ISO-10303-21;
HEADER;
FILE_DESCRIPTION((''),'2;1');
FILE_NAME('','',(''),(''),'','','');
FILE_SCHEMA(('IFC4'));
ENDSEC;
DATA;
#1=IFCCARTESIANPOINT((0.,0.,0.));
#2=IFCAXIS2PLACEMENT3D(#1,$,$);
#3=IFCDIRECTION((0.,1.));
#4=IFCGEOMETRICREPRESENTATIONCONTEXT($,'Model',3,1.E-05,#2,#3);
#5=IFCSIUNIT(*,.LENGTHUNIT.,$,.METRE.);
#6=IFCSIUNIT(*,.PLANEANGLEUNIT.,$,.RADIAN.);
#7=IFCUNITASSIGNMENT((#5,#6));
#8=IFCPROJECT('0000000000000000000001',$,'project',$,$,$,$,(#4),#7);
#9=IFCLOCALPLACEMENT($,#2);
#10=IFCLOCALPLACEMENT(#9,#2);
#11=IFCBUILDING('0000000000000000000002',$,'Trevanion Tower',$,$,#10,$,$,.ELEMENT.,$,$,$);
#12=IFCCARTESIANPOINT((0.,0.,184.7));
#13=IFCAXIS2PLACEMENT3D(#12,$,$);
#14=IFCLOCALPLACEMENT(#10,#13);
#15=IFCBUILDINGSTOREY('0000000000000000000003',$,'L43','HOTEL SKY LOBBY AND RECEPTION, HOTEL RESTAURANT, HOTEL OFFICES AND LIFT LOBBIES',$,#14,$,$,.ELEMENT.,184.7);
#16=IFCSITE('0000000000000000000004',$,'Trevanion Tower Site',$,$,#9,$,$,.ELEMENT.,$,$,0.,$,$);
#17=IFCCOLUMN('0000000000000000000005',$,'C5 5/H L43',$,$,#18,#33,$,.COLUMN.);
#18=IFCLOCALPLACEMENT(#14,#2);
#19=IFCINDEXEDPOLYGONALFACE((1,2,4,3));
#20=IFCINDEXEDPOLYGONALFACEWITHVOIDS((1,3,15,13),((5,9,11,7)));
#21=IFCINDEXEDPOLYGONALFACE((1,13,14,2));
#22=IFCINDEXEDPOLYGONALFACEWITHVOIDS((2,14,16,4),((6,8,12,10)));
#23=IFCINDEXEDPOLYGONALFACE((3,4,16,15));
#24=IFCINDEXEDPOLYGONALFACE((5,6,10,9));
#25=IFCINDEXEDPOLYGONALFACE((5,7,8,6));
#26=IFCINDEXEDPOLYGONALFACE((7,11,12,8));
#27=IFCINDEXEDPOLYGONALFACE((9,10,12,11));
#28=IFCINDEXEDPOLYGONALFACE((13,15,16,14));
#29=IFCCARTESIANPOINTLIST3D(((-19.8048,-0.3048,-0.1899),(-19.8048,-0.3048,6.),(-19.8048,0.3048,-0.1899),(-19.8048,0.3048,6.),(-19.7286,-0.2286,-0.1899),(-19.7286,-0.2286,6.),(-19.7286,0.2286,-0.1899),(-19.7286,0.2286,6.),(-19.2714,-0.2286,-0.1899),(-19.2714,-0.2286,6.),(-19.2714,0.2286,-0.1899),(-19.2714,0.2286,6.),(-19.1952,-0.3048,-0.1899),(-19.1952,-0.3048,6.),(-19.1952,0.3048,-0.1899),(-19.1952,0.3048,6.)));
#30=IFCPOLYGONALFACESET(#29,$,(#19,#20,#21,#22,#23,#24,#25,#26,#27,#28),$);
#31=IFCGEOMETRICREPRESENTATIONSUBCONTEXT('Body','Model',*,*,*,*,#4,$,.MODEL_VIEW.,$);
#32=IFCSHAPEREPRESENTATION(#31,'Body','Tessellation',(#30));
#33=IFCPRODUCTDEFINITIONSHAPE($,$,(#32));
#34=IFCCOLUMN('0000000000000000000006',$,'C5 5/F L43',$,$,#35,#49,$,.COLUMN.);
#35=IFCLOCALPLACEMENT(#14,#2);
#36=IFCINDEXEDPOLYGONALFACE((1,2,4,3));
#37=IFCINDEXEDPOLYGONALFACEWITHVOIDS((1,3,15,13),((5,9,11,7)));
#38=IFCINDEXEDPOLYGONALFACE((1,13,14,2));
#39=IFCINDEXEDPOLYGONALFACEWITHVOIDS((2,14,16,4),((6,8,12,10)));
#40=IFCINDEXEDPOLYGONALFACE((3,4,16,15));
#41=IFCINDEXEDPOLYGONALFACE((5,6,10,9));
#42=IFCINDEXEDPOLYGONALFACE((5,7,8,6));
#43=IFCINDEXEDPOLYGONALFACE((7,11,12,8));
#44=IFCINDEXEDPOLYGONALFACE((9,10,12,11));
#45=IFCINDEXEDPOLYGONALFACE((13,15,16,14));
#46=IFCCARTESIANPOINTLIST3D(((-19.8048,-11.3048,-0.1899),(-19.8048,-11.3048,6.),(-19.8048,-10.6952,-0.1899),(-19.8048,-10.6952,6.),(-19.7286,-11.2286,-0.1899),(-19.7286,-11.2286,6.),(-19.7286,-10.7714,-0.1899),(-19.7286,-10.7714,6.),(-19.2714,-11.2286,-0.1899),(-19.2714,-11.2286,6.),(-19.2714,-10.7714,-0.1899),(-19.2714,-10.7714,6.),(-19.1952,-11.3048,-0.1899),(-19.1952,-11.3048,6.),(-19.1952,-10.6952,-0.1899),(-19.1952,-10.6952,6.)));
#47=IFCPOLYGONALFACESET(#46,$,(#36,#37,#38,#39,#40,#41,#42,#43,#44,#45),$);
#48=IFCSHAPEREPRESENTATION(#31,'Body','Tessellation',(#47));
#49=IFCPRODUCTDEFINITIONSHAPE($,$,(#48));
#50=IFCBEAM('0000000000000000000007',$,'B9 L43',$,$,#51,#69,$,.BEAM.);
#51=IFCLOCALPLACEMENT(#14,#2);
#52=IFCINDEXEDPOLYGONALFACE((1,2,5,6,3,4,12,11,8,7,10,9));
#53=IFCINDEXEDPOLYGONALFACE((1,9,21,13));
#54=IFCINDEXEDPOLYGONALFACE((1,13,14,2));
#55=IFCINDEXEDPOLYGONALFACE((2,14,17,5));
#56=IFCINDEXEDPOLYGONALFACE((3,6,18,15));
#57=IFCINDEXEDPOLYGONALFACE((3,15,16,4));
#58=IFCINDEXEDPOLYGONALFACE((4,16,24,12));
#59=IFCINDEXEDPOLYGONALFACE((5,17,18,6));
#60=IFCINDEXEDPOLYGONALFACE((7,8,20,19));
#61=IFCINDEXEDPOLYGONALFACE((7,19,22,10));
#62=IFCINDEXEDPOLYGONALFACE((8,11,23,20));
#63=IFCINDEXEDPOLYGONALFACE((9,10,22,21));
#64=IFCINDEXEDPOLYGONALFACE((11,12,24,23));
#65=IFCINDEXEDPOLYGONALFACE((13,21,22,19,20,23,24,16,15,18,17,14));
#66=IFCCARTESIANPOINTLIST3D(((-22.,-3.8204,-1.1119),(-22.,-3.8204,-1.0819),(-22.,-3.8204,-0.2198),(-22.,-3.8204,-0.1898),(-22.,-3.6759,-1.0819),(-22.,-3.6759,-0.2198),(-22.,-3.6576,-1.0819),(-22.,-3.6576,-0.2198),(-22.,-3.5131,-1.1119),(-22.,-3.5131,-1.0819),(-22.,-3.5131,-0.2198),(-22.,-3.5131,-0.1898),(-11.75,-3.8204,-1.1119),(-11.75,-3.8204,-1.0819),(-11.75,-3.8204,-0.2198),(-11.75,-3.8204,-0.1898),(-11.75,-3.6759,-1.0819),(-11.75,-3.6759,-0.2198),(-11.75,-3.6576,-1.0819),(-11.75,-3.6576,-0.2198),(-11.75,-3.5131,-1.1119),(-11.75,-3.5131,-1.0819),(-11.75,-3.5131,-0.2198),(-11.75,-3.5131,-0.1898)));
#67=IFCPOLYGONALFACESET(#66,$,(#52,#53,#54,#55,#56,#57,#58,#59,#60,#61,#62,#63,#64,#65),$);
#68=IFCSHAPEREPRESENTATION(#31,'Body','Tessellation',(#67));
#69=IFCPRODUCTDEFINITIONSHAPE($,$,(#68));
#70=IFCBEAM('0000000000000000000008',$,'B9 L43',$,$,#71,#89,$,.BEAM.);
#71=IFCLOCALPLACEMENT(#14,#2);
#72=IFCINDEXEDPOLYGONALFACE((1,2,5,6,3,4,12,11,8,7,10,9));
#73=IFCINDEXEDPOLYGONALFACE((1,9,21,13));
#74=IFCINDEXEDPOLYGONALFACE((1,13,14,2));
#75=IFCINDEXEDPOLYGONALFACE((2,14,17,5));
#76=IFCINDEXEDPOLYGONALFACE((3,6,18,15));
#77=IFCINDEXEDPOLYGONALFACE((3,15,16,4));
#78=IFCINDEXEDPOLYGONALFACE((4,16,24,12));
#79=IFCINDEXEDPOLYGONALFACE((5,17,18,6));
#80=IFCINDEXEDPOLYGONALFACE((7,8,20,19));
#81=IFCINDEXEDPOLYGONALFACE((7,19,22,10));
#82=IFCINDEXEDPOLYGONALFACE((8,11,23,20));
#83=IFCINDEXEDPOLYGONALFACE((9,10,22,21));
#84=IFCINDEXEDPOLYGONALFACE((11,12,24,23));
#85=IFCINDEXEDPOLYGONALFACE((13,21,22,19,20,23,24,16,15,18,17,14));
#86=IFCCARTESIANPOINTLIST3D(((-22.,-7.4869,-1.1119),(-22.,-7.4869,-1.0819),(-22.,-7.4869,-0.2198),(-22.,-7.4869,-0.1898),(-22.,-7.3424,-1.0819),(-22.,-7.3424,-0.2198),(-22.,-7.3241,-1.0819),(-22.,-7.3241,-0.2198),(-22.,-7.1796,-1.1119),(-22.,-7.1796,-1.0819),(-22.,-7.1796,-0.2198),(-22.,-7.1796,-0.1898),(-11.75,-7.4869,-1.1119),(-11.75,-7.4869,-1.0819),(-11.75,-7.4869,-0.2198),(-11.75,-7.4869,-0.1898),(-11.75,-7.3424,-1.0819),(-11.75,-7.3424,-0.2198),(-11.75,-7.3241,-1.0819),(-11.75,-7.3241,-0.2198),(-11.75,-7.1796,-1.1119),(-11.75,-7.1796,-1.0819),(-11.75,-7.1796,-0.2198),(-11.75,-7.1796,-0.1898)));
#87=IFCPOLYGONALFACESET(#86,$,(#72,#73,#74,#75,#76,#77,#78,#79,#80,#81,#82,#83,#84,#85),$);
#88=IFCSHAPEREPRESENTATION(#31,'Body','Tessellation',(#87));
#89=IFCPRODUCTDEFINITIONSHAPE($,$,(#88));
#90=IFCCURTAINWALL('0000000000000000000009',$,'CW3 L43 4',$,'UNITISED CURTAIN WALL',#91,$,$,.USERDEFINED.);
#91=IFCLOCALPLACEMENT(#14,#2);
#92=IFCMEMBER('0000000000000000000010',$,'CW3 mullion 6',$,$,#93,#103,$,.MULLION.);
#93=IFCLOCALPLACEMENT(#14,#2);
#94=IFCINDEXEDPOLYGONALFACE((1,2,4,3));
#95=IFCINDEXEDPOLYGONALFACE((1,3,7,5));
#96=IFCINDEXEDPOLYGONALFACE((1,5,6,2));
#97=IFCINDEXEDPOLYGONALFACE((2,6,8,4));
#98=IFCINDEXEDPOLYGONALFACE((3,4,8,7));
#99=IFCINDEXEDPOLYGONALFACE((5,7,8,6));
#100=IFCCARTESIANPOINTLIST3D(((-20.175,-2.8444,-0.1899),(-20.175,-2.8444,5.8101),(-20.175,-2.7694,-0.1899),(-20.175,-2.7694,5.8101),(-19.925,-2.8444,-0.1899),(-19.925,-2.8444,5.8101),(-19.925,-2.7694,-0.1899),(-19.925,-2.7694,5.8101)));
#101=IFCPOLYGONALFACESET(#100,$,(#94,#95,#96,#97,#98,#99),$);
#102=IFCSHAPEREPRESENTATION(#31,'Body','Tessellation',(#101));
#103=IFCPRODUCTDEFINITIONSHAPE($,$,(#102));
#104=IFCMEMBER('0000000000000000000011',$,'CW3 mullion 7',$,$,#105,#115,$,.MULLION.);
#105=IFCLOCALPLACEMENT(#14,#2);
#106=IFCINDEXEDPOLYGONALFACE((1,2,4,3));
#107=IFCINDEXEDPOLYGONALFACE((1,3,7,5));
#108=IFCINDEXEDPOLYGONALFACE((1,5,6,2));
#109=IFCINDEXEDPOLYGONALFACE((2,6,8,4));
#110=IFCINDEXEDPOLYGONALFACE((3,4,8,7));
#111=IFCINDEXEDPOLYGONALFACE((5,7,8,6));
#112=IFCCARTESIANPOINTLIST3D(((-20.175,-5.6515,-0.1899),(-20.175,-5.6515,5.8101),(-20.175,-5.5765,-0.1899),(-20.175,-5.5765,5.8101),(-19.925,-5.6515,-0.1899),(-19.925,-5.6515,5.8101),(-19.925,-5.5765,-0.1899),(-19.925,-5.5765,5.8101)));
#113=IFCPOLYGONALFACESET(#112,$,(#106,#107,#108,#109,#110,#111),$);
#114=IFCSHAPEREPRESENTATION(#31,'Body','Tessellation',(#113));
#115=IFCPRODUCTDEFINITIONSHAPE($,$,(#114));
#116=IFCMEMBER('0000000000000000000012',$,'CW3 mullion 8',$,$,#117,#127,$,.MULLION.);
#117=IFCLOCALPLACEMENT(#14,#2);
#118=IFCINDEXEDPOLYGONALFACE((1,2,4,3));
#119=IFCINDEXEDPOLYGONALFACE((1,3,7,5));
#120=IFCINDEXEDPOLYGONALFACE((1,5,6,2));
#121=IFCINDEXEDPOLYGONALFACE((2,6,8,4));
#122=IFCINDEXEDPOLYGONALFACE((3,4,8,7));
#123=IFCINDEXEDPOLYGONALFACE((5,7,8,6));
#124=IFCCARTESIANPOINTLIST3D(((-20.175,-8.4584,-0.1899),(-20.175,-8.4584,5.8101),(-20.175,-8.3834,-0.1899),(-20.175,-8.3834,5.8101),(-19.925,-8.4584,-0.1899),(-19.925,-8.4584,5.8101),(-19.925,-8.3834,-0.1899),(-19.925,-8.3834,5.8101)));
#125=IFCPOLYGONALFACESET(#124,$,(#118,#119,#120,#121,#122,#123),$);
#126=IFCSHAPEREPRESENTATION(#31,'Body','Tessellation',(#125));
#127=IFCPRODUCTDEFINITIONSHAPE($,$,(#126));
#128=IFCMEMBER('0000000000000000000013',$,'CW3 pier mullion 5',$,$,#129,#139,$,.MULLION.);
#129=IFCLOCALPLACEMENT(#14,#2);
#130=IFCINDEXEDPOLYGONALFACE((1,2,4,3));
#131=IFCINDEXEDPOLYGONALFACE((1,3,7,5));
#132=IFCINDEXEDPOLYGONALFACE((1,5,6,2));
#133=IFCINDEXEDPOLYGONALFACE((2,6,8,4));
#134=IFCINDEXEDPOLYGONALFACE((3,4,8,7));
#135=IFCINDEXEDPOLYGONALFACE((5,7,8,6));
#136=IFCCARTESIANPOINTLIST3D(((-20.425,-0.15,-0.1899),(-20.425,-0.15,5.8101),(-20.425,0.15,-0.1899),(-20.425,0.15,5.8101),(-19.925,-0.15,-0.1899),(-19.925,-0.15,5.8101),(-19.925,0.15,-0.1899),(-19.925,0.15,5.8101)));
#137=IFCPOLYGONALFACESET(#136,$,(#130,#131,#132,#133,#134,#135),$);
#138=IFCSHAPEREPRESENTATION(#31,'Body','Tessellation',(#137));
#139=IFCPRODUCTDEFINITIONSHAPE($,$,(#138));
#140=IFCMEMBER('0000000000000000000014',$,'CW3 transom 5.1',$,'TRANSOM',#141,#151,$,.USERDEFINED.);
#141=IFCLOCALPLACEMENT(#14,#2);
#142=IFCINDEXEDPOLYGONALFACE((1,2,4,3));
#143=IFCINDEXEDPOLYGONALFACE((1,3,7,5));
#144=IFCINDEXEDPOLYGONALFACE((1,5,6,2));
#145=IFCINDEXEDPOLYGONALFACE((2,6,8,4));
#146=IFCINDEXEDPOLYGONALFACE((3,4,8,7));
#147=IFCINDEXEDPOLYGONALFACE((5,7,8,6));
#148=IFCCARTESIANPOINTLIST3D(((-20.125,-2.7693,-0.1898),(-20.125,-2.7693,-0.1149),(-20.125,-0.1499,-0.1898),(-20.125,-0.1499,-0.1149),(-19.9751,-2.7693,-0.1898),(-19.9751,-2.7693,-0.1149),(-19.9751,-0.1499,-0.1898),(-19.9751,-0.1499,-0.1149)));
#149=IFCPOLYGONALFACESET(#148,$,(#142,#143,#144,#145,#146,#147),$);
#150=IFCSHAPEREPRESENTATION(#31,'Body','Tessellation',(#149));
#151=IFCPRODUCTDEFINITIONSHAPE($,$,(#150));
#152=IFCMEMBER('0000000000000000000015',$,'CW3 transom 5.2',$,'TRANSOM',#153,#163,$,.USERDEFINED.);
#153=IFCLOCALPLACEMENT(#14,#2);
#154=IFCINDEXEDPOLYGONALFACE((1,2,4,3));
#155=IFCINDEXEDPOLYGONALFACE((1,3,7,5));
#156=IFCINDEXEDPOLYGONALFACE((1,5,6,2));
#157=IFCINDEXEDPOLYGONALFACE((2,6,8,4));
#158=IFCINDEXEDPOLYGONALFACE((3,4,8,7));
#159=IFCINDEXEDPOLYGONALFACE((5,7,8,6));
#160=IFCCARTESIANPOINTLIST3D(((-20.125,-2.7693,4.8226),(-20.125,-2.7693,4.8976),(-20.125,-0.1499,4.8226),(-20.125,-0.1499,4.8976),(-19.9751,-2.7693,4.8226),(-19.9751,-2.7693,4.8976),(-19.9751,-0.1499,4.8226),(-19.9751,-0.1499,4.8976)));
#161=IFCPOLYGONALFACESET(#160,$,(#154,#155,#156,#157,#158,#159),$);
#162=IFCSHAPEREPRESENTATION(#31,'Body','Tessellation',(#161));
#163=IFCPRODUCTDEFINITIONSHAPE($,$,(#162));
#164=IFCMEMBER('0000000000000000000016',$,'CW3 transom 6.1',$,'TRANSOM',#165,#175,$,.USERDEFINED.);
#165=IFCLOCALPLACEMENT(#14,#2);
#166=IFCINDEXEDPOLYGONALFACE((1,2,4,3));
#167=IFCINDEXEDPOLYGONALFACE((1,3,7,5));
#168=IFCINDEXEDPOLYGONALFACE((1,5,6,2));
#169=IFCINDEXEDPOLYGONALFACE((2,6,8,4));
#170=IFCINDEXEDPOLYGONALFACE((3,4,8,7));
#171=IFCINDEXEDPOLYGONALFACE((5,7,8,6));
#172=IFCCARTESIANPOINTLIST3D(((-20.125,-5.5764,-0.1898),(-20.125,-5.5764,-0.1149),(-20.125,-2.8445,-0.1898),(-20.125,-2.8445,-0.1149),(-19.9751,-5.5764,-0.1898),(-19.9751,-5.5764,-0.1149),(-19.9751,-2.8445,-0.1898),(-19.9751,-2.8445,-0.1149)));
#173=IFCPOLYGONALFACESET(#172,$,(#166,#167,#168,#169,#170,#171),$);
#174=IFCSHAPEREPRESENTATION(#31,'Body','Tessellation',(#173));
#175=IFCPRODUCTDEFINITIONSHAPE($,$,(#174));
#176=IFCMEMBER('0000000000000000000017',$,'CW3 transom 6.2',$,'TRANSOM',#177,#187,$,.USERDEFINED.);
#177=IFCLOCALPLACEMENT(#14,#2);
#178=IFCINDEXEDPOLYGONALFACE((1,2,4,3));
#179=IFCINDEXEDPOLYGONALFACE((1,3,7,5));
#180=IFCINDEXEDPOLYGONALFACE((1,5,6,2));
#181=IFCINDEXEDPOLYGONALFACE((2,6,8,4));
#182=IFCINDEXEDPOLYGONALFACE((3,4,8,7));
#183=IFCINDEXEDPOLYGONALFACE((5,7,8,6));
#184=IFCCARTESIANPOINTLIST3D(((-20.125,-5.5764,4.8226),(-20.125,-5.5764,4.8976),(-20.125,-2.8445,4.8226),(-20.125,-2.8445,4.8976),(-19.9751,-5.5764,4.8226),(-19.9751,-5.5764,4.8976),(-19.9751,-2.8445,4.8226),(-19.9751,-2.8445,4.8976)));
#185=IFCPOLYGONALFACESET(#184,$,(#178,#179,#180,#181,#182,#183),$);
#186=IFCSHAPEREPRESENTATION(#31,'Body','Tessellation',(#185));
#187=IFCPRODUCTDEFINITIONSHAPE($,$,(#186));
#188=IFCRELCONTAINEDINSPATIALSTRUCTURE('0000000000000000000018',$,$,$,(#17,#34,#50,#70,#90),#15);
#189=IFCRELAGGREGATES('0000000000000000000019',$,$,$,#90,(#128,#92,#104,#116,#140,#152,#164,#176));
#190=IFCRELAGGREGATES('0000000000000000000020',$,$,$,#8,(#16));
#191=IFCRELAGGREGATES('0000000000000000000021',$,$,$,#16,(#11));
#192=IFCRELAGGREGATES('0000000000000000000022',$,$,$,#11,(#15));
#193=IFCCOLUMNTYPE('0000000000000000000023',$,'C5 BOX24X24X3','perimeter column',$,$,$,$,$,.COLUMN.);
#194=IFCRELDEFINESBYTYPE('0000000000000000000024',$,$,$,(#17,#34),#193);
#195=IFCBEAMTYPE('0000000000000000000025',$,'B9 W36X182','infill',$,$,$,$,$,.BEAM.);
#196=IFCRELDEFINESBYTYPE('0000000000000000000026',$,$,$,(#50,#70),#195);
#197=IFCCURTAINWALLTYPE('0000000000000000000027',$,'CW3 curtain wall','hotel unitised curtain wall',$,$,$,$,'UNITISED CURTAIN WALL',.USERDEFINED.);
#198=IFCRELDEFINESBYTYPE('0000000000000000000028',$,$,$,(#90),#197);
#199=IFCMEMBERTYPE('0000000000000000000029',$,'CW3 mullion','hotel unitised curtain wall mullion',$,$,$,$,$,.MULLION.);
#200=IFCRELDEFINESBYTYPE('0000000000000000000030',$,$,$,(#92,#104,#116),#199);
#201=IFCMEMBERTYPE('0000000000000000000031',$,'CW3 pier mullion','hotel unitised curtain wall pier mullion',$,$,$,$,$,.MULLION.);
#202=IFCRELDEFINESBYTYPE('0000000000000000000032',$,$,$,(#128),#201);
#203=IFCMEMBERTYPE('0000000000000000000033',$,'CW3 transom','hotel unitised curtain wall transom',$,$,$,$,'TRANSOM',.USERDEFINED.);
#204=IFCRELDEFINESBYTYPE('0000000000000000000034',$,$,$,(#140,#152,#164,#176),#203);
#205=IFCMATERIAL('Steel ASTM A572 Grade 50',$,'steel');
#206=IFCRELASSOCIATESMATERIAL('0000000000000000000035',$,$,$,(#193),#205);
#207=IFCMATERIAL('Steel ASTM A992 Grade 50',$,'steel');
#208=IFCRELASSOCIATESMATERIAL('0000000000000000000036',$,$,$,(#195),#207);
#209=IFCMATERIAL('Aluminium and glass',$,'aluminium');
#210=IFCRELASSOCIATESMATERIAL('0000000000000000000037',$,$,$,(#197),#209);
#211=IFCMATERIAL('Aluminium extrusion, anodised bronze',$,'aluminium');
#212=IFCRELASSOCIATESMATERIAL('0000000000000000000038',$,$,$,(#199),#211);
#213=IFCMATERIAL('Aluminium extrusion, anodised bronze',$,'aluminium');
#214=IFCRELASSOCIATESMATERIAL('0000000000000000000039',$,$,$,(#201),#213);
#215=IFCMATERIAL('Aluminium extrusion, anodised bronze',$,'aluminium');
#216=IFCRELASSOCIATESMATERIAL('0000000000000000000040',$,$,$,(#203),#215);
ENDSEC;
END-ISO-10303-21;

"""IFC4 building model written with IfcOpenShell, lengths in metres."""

from ifc_helpers import new_model, si_unit, direction, frame, origin, origin_2d, place, context, subcontext, project, spatial, rectangle, hollow_rectangle, i_section, extrude, material, material_profile, profile_set, type_object, element, aggregate, save


model = new_model("IFC4")

# Units and contexts
model_context = context("Model", 3, precision=1e-05, world=origin(), true_north=direction((0.0, 1.0)))
body_context = subcontext(model_context, "Body", "Model", "MODEL_VIEW")
ifc_project = project(units=[si_unit("LENGTHUNIT", "METRE"), si_unit("PLANEANGLEUNIT", "RADIAN")], contexts=[model_context])

# Site, building, storey
site_placement = place(None, origin())
site = spatial("IfcSite", under=ifc_project, at=site_placement, Name="Trevanion Tower Site", CompositionType="ELEMENT", RefElevation=0.0)
building_placement = place(site_placement, origin())
building = spatial("IfcBuilding", under=site, at=building_placement, Name="Trevanion Tower", CompositionType="ELEMENT")
storey_placement = place(building_placement, frame((0.0, 0.0, 184.7)))
storey = spatial("IfcBuildingStorey", under=building, at=storey_placement, Name="L43", Description="HOTEL SKY LOBBY AND RECEPTION, HOTEL RESTAURANT, HOTEL OFFICES AND LIFT LOBBIES", CompositionType="ELEMENT", Elevation=184.7)

# Columns
ifc_material_1 = material(Name="Steel ASTM A572 Grade 50", Category="steel")
ifc_material_profile_1 = material_profile(ifc_material_1, hollow_rectangle(XDim=0.6096, YDim=0.6096, WallThickness=0.0762, at=origin_2d()), Name="BOX24X24X3")
ifc_profile_set_1 = profile_set([ifc_material_profile_1], Name="Steel ASTM A572 Grade 50")
column_type = type_object("IfcColumnType", Name="C5 BOX24X24X3", Description="perimeter column", PredefinedType="COLUMN", material=ifc_profile_set_1)
for number, where, z_axis, x_axis, name in (
    (1, (-19.5, 0.0, -0.1899), (0.0, 0.0, 1.0), (0.0, 1.0, 0.0), "C5 5/H L43"),
    (2, (-19.5, -11.0, -0.1899), (0.0, 0.0, 1.0), (0.0, 1.0, 0.0), "C5 5/F L43"),
):
    element("IfcColumn", number, at=place(storey_placement, frame(where, z_axis=z_axis, x_axis=x_axis)), inside=storey, type_object=column_type, Name=name, PredefinedType="COLUMN", context=body_context, shape_type="SweptSolid", body=[
        extrude(hollow_rectangle(XDim=0.6096, YDim=0.6096, WallThickness=0.0762, at=origin_2d()), origin(), (0.0, 0.0, 1.0), 6.1899),
    ])

# Beams
ifc_material_2 = material(Name="Steel ASTM A992 Grade 50", Category="steel")
ifc_material_profile_2 = material_profile(ifc_material_2, i_section(OverallWidth=0.3074, OverallDepth=0.9221, WebThickness=0.0183, FlangeThickness=0.03, at=origin_2d()), Name="W36X182")
ifc_profile_set_2 = profile_set([ifc_material_profile_2], Name="Steel ASTM A992 Grade 50")
beam_type_1 = type_object("IfcBeamType", Name="B9 W36X182", Description="infill", PredefinedType="BEAM", material=ifc_profile_set_2)
for number, where, z_axis, x_axis, name in (
    (3, (-11.75, -3.6667, -0.6509), (-1.0, 0.0, 0.0), (0.0, -1.0, 0.0), "B9 L43"),
    (4, (-11.75, -7.3333, -0.6509), (-1.0, 0.0, 0.0), (0.0, -1.0, 0.0), "B9 L43"),
):
    element("IfcBeam", number, at=place(storey_placement, frame(where, z_axis=z_axis, x_axis=x_axis)), inside=storey, type_object=beam_type_1, Name=name, PredefinedType="BEAM", context=body_context, shape_type="SweptSolid", body=[
        extrude(i_section(OverallWidth=0.3074, OverallDepth=0.9221, WebThickness=0.0183, FlangeThickness=0.03, at=origin_2d()), origin(), (0.0, 0.0, 1.0), 10.25),
    ])

# Curtain wall, members
ifc_material_3 = material(Name="Aluminium and glass", Category="aluminium")
curtain_wall_type = type_object("IfcCurtainWallType", Name="CW3 curtain wall", Description="hotel unitised curtain wall", ElementType="UNITISED CURTAIN WALL", PredefinedType="USERDEFINED", material=ifc_material_3)
curtain_wall_placement = place(storey_placement, origin())
curtain_wall = element("IfcCurtainWall", 5, at=curtain_wall_placement, inside=storey, type_object=curtain_wall_type, Name="CW3 L43 4", ObjectType="UNITISED CURTAIN WALL", PredefinedType="USERDEFINED")
ifc_material_4 = material(Name="Aluminium extrusion, anodised bronze", Category="aluminium")
ifc_material_profile_3 = material_profile(ifc_material_4, rectangle(XDim=0.075, YDim=0.25, at=origin_2d()), Name="CW3 mullion")
ifc_profile_set_3 = profile_set([ifc_material_profile_3], Name="Aluminium extrusion, anodised bronze")
member_type_1 = type_object("IfcMemberType", Name="CW3 mullion", Description="hotel unitised curtain wall mullion", PredefinedType="MULLION", material=ifc_profile_set_3)
member_1_placement = place(storey_placement, frame((-20.05, -2.8069, -0.1899), z_axis=(0.0, 0.0, 1.0), x_axis=(0.0, -1.0, 0.0)))
member_1 = element("IfcMember", 6, at=member_1_placement, type_object=member_type_1, Name="CW3 mullion 6", PredefinedType="MULLION", context=body_context, shape_type="SweptSolid", body=[
    extrude(rectangle(XDim=0.075, YDim=0.25, at=origin_2d()), origin(), (0.0, 0.0, 1.0), 6.0),
])
member_2_placement = place(storey_placement, frame((-20.05, -5.614, -0.1899), z_axis=(0.0, 0.0, 1.0), x_axis=(0.0, -1.0, 0.0)))
member_2 = element("IfcMember", 7, at=member_2_placement, type_object=member_type_1, Name="CW3 mullion 7", PredefinedType="MULLION", context=body_context, shape_type="SweptSolid", body=[
    extrude(rectangle(XDim=0.075, YDim=0.25, at=origin_2d()), origin(), (0.0, 0.0, 1.0), 6.0),
])
member_3_placement = place(storey_placement, frame((-20.05, -8.4209, -0.1899), z_axis=(0.0, 0.0, 1.0), x_axis=(0.0, -1.0, 0.0)))
member_3 = element("IfcMember", 8, at=member_3_placement, type_object=member_type_1, Name="CW3 mullion 8", PredefinedType="MULLION", context=body_context, shape_type="SweptSolid", body=[
    extrude(rectangle(XDim=0.075, YDim=0.25, at=origin_2d()), origin(), (0.0, 0.0, 1.0), 6.0),
])
ifc_material_5 = material(Name="Aluminium extrusion, anodised bronze", Category="aluminium")
ifc_material_profile_4 = material_profile(ifc_material_5, rectangle(XDim=0.3, YDim=0.5, at=origin_2d()), Name="CW3 pier mullion")
ifc_profile_set_4 = profile_set([ifc_material_profile_4], Name="Aluminium extrusion, anodised bronze")
member_type_2 = type_object("IfcMemberType", Name="CW3 pier mullion", Description="hotel unitised curtain wall pier mullion", PredefinedType="MULLION", material=ifc_profile_set_4)
member_4_placement = place(storey_placement, frame((-20.175, 0.0, -0.1899), z_axis=(0.0, 0.0, 1.0), x_axis=(0.0, -1.0, 0.0)))
member_4 = element("IfcMember", 9, at=member_4_placement, type_object=member_type_2, Name="CW3 pier mullion 5", PredefinedType="MULLION", context=body_context, shape_type="SweptSolid", body=[
    extrude(rectangle(XDim=0.3, YDim=0.5, at=origin_2d()), origin(), (0.0, 0.0, 1.0), 6.0),
])
ifc_material_6 = material(Name="Aluminium extrusion, anodised bronze", Category="aluminium")
ifc_material_profile_5 = material_profile(ifc_material_6, rectangle(XDim=0.1499, YDim=0.075, at=origin_2d()), Name="CW3 transom")
ifc_profile_set_5 = profile_set([ifc_material_profile_5], Name="Aluminium extrusion, anodised bronze")
member_type_3 = type_object("IfcMemberType", Name="CW3 transom", Description="hotel unitised curtain wall transom", ElementType="TRANSOM", PredefinedType="USERDEFINED", material=ifc_profile_set_5)
member_5_placement = place(storey_placement, frame((-20.05, -0.1499, -0.1523), z_axis=(0.0, -1.0, 0.0), x_axis=(1.0, 0.0, 0.0)))
member_5 = element("IfcMember", 10, at=member_5_placement, type_object=member_type_3, Name="CW3 transom 5.1", ObjectType="TRANSOM", PredefinedType="USERDEFINED", context=body_context, shape_type="SweptSolid", body=[
    extrude(rectangle(XDim=0.1499, YDim=0.075, at=origin_2d()), origin(), (0.0, 0.0, 1.0), 2.6194),
])
member_6_placement = place(storey_placement, frame((-20.05, -0.1499, 4.8601), z_axis=(0.0, -1.0, 0.0), x_axis=(1.0, 0.0, 0.0)))
member_6 = element("IfcMember", 11, at=member_6_placement, type_object=member_type_3, Name="CW3 transom 5.2", ObjectType="TRANSOM", PredefinedType="USERDEFINED", context=body_context, shape_type="SweptSolid", body=[
    extrude(rectangle(XDim=0.1499, YDim=0.075, at=origin_2d()), origin(), (0.0, 0.0, 1.0), 2.6194),
])
member_7_placement = place(storey_placement, frame((-20.05, -2.8445, -0.1523), z_axis=(0.0, -1.0, 0.0), x_axis=(1.0, 0.0, 0.0)))
member_7 = element("IfcMember", 12, at=member_7_placement, type_object=member_type_3, Name="CW3 transom 6.1", ObjectType="TRANSOM", PredefinedType="USERDEFINED", context=body_context, shape_type="SweptSolid", body=[
    extrude(rectangle(XDim=0.1499, YDim=0.075, at=origin_2d()), origin(), (0.0, 0.0, 1.0), 2.7319),
])
member_8_placement = place(storey_placement, frame((-20.05, -2.8445, 4.8601), z_axis=(0.0, -1.0, 0.0), x_axis=(1.0, 0.0, 0.0)))
member_8 = element("IfcMember", 13, at=member_8_placement, type_object=member_type_3, Name="CW3 transom 6.2", ObjectType="TRANSOM", PredefinedType="USERDEFINED", context=body_context, shape_type="SweptSolid", body=[
    extrude(rectangle(XDim=0.1499, YDim=0.075, at=origin_2d()), origin(), (0.0, 0.0, 1.0), 2.7319),
])

aggregate(curtain_wall, [member_4, member_1, member_2, member_3, member_5, member_6, member_7, member_8])

save(model, "model.ifc")
